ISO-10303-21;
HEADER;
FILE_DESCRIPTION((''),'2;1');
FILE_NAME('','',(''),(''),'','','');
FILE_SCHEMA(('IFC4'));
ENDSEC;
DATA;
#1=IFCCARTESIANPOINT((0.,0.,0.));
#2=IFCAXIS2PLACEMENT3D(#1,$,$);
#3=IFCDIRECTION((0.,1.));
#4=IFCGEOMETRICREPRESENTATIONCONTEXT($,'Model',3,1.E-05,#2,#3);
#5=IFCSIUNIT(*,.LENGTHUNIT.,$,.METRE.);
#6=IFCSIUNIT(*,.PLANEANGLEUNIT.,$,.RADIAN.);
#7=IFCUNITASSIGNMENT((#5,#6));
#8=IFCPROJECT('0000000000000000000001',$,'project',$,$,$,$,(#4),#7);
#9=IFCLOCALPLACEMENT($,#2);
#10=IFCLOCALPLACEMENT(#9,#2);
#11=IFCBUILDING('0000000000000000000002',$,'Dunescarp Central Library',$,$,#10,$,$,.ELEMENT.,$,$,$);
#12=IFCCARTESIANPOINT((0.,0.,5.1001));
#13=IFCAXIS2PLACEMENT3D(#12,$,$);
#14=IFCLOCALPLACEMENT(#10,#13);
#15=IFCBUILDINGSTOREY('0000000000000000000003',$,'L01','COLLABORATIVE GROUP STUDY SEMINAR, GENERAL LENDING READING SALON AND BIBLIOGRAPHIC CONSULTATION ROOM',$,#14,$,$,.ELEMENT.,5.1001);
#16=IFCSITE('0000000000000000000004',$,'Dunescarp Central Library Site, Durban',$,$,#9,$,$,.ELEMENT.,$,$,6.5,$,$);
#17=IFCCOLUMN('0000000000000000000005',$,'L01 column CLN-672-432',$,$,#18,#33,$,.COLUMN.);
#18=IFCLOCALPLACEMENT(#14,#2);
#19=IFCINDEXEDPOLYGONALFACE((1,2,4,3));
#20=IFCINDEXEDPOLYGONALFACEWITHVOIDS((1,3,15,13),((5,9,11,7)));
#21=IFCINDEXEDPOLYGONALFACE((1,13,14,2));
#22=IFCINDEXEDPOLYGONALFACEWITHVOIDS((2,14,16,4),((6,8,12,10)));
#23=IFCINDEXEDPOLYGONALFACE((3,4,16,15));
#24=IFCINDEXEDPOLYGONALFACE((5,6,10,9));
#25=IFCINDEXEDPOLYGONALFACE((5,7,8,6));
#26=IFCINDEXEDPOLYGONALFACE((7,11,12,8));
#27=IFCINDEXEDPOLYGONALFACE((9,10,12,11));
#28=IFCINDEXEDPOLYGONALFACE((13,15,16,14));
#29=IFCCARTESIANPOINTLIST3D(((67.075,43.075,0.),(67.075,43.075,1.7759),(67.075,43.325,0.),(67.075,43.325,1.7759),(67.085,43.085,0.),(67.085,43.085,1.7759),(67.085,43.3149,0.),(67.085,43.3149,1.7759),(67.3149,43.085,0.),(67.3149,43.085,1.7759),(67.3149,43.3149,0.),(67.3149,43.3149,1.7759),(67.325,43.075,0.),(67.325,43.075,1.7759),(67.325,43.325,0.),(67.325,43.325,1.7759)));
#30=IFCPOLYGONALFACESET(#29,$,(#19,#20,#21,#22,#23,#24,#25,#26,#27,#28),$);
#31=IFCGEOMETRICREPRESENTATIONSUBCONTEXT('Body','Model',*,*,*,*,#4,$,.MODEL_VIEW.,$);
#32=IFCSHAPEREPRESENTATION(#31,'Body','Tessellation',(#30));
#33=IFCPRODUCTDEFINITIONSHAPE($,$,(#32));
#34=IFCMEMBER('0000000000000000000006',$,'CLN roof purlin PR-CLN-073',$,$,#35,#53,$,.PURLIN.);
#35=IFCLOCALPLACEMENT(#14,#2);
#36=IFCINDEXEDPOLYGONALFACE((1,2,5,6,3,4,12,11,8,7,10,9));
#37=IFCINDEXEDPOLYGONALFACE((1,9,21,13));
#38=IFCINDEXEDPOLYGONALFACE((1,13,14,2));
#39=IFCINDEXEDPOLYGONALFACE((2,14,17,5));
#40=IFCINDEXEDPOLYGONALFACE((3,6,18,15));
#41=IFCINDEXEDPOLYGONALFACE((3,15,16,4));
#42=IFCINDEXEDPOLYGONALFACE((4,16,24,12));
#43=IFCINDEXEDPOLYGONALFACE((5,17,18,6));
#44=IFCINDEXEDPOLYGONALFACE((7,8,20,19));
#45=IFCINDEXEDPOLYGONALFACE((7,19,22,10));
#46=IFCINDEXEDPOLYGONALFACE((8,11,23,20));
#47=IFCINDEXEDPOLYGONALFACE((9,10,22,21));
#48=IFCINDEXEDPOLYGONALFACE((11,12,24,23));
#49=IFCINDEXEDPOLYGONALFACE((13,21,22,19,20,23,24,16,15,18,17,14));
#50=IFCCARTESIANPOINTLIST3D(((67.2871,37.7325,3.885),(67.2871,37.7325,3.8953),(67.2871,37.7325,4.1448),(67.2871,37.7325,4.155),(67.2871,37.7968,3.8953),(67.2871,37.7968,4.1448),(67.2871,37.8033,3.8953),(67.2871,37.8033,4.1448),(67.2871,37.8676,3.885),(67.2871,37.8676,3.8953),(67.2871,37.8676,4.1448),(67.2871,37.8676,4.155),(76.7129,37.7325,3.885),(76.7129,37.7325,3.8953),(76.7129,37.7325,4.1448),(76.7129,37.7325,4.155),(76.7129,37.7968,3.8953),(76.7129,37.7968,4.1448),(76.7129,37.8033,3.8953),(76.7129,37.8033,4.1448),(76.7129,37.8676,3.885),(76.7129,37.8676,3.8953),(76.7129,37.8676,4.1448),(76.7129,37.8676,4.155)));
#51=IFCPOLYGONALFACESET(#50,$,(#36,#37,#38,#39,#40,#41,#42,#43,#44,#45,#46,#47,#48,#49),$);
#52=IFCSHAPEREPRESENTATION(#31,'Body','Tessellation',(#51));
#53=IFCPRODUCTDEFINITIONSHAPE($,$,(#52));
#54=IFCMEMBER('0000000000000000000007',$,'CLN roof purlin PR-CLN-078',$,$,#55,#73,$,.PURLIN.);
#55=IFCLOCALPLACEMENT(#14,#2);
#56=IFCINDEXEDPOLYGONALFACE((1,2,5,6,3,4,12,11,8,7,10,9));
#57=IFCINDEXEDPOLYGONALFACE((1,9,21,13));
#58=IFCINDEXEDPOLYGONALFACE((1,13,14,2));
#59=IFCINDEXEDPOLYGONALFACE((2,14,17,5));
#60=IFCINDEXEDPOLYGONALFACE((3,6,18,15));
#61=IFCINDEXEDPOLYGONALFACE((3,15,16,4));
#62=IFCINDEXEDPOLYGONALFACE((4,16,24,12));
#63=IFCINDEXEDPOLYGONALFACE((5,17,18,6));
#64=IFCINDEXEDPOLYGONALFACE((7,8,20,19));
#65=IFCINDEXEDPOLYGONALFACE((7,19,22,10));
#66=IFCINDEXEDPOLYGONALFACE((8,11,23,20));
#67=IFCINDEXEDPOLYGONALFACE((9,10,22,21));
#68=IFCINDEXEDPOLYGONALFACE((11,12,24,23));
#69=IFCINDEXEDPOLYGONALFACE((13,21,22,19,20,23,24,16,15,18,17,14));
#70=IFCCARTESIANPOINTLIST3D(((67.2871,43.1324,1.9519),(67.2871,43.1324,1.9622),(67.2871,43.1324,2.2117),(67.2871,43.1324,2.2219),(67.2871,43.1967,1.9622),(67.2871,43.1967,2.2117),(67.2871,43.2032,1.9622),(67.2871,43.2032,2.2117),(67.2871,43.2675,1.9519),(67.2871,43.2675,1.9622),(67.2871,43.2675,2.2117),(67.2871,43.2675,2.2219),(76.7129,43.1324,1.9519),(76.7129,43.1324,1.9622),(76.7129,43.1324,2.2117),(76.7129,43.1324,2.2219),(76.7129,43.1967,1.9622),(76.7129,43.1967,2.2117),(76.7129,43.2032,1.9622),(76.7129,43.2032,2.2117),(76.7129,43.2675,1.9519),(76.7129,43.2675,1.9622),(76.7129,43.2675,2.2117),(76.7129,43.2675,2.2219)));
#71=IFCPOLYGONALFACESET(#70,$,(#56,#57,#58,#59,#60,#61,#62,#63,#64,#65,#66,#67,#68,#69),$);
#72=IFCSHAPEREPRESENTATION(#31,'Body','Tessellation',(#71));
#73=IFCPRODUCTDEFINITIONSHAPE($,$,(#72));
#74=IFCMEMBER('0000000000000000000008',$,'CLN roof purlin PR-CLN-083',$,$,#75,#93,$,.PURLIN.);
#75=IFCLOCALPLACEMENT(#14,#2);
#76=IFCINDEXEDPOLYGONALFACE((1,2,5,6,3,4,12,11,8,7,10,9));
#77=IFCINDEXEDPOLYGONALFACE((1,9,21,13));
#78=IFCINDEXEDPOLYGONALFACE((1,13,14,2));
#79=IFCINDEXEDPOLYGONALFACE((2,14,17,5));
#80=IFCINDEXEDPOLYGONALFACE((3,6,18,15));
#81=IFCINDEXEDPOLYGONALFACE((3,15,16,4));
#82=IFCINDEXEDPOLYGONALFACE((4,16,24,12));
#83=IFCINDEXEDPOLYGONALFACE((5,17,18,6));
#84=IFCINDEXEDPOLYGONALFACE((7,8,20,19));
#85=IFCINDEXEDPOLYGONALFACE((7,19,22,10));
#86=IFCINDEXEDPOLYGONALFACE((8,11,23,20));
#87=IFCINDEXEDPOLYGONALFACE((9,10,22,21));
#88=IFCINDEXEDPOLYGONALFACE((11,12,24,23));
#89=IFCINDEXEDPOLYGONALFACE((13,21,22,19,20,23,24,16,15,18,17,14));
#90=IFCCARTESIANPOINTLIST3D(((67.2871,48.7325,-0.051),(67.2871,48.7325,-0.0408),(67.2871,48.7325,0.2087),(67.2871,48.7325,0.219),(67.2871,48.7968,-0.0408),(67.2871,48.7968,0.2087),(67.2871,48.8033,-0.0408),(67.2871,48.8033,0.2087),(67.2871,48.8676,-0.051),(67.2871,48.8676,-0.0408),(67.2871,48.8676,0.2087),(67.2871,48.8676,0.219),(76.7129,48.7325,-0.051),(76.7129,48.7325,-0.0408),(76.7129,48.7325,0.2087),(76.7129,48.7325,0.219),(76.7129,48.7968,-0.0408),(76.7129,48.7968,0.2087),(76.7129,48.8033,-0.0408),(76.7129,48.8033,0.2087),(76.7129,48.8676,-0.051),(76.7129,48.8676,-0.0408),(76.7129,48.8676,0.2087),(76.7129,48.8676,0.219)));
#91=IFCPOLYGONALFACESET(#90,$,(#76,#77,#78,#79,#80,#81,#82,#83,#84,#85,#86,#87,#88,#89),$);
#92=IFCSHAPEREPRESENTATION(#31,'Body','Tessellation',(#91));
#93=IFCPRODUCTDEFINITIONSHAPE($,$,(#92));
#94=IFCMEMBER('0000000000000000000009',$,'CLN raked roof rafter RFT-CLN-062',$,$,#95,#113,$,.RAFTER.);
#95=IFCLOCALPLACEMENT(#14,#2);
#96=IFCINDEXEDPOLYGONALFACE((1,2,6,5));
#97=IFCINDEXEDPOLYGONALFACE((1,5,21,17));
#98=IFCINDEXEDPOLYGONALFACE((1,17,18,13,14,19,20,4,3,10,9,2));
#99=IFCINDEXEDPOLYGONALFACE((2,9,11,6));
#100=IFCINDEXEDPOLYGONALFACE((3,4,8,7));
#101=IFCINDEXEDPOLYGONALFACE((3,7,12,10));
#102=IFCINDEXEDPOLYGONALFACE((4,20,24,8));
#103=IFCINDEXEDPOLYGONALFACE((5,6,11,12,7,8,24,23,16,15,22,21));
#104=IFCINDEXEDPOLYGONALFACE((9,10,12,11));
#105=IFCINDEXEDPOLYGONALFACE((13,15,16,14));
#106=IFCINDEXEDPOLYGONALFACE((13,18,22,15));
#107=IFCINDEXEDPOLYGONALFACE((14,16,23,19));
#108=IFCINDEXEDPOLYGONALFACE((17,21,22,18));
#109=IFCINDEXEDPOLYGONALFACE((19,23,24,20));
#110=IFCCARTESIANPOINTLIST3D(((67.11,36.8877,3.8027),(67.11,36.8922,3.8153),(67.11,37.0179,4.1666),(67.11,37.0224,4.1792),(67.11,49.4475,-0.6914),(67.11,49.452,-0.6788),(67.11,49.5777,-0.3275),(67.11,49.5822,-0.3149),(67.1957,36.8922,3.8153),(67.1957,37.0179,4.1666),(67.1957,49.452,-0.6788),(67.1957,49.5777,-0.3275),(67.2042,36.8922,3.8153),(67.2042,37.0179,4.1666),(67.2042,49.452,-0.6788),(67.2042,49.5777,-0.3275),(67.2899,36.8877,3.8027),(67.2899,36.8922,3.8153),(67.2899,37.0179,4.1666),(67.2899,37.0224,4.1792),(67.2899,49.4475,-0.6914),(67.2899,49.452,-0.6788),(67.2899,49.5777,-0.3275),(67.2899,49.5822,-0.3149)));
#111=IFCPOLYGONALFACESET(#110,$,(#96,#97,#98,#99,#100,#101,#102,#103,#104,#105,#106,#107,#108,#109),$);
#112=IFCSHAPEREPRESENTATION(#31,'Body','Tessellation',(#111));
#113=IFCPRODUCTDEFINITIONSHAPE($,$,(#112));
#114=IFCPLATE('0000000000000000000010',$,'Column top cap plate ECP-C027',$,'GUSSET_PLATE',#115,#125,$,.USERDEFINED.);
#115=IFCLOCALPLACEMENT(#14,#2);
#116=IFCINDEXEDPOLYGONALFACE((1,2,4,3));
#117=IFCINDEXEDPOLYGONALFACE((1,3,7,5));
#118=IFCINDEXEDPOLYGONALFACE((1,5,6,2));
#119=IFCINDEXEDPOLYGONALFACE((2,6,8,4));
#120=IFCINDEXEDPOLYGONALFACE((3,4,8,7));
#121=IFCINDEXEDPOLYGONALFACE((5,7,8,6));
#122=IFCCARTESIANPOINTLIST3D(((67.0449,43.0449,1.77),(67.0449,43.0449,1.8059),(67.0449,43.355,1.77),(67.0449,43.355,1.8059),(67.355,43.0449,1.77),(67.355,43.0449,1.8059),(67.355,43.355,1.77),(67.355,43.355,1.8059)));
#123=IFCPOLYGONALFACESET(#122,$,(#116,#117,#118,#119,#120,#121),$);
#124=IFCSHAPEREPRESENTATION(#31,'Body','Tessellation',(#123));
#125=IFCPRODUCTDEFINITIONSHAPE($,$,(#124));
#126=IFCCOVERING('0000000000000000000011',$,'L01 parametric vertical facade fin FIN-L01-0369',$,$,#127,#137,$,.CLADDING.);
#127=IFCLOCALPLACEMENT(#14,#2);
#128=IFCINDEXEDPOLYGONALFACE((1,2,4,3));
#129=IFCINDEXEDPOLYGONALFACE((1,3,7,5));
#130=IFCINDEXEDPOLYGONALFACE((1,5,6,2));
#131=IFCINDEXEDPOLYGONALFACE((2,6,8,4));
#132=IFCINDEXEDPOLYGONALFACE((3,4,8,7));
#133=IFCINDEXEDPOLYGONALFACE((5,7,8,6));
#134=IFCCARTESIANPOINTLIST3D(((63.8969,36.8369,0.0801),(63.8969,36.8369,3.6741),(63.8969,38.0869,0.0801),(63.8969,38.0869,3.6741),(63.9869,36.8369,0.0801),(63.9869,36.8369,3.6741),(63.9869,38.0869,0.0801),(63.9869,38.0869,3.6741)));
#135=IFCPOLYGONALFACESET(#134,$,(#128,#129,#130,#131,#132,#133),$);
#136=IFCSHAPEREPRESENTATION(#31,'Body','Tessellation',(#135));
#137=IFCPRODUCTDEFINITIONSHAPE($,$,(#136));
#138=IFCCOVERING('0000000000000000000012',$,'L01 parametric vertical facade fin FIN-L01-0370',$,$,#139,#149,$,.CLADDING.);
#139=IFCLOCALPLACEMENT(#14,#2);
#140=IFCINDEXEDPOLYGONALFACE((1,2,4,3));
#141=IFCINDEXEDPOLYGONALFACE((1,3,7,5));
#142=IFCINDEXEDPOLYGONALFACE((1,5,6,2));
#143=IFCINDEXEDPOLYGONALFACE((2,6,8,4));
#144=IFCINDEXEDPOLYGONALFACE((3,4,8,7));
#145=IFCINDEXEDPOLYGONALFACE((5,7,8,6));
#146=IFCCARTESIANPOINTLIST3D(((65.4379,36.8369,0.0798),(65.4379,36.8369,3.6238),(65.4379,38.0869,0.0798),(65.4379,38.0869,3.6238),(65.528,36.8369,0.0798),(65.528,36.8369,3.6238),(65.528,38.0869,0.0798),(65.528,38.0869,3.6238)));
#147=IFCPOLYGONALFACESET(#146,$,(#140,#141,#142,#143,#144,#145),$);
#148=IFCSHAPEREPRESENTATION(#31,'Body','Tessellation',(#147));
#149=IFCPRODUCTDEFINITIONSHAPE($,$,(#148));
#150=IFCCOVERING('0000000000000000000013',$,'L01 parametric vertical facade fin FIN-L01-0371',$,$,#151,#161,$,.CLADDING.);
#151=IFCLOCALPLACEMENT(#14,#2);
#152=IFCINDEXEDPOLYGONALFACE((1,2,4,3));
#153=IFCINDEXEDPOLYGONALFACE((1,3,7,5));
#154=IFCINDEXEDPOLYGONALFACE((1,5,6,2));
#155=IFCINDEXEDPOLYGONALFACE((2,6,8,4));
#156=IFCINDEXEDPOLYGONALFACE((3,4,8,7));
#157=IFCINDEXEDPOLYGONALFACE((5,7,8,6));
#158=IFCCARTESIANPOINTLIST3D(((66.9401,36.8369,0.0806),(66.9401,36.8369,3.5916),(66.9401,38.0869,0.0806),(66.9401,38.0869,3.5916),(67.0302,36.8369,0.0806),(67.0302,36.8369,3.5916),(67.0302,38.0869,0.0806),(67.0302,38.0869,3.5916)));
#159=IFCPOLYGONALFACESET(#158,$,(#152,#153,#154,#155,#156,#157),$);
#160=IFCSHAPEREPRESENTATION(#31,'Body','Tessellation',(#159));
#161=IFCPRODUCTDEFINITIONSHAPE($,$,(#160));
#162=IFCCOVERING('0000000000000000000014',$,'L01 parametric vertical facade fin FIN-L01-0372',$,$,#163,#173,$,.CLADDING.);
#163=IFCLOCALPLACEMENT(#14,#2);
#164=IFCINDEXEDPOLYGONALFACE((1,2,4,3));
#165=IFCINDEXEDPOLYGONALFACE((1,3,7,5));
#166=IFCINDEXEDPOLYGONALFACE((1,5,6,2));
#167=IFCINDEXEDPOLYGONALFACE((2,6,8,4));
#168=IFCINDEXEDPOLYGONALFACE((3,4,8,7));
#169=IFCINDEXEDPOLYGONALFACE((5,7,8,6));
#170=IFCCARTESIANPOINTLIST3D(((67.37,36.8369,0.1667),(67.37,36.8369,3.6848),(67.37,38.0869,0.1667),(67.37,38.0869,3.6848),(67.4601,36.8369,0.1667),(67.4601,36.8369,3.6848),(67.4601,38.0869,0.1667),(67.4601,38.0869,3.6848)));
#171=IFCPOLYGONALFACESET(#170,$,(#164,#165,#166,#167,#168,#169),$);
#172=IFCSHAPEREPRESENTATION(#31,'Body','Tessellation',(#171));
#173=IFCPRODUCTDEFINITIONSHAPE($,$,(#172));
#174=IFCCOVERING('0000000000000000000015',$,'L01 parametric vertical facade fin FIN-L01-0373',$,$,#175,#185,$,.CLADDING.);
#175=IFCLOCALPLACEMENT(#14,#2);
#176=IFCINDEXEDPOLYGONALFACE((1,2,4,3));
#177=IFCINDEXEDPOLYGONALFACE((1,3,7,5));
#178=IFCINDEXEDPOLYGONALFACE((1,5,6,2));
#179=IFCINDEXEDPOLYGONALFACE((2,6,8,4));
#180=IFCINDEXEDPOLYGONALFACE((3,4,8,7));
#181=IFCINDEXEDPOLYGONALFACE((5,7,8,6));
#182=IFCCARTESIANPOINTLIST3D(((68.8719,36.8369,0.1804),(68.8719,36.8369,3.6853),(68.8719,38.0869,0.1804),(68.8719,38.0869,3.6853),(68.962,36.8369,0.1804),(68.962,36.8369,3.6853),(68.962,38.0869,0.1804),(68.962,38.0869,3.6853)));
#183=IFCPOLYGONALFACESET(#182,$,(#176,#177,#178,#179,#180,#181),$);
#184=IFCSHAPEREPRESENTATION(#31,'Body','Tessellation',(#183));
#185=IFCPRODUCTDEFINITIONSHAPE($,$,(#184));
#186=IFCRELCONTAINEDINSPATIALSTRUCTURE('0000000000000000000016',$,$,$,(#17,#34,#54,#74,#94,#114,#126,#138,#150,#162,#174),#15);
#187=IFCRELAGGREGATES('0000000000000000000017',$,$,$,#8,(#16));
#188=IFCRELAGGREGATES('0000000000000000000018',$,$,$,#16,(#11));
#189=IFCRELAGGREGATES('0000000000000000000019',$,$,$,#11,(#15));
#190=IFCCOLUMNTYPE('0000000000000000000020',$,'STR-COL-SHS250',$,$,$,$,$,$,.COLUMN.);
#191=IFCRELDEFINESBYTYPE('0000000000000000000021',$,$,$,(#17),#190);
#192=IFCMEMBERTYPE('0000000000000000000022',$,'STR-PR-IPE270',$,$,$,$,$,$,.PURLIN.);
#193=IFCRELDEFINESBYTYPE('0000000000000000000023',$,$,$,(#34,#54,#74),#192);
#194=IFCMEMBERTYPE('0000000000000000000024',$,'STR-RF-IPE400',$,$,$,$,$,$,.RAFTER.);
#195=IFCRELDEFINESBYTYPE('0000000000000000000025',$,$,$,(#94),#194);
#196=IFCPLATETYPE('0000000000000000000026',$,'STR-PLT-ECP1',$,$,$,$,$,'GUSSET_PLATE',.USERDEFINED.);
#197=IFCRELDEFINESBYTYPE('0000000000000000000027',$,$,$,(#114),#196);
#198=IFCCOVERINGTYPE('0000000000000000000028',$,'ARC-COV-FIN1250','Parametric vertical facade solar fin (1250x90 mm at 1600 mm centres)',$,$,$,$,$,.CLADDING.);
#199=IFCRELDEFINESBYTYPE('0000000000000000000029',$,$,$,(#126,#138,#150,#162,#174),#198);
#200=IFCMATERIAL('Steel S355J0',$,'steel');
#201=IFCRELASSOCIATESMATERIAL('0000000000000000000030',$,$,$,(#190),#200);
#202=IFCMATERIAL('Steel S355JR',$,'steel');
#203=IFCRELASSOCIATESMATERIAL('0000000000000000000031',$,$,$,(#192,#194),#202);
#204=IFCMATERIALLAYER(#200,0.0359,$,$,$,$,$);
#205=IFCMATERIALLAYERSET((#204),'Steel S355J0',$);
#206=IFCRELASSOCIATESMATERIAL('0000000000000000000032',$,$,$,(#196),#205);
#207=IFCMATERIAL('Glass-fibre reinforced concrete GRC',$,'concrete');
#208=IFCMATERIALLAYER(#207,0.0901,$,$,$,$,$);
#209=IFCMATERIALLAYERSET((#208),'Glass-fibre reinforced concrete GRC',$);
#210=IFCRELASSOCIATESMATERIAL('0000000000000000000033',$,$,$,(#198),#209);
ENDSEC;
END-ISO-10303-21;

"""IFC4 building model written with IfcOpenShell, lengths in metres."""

from ifc_helpers import new_model, si_unit, direction, frame, origin, origin_2d, place, context, subcontext, project, spatial, rectangle, hollow_rectangle, i_section, extrude, material, layer, layer_set, material_profile, profile_set, type_object, element, save


model = new_model("IFC4")

# Units and contexts
model_context = context("Model", 3, precision=1e-05, world=origin(), true_north=direction((0.0, 1.0)))
body_context = subcontext(model_context, "Body", "Model", "MODEL_VIEW")
ifc_project = project(units=[si_unit("LENGTHUNIT", "METRE"), si_unit("PLANEANGLEUNIT", "RADIAN")], contexts=[model_context])

# Site, building, storey
site_placement = place(None, origin())
site = spatial("IfcSite", under=ifc_project, at=site_placement, Name="Dunescarp Central Library Site, Durban", CompositionType="ELEMENT", RefElevation=6.5)
building_placement = place(site_placement, origin())
building = spatial("IfcBuilding", under=site, at=building_placement, Name="Dunescarp Central Library", CompositionType="ELEMENT")
storey_placement = place(building_placement, frame((0.0, 0.0, 5.1001)))
storey = spatial("IfcBuildingStorey", under=building, at=storey_placement, Name="L01", Description="COLLABORATIVE GROUP STUDY SEMINAR, GENERAL LENDING READING SALON AND BIBLIOGRAPHIC CONSULTATION ROOM", CompositionType="ELEMENT", Elevation=5.1001)

# Column
ifc_material_1 = material(Name="Steel S355J0", Category="steel")
ifc_material_profile_1 = material_profile(ifc_material_1, hollow_rectangle(XDim=0.25, YDim=0.25, WallThickness=0.01, at=origin_2d()), Name="SHS 250x250x10")
ifc_profile_set_1 = profile_set([ifc_material_profile_1], Name="Steel S355J0")
column_type = type_object("IfcColumnType", Name="STR-COL-SHS250", PredefinedType="COLUMN", material=ifc_profile_set_1)
column_placement = place(storey_placement, frame((67.2, 43.2, 0.0), z_axis=(0.0, 0.0, 1.0), x_axis=(1.0, 0.0, 0.0)))
element("IfcColumn", 1, at=column_placement, inside=storey, type_object=column_type, Name="L01 column CLN-672-432", PredefinedType="COLUMN", context=body_context, shape_type="SweptSolid", body=[
    extrude(hollow_rectangle(XDim=0.25, YDim=0.25, WallThickness=0.01, at=origin_2d()), origin(), (0.0, 0.0, 1.0), 1.7759),
])

# Members
ifc_material_2 = material(Name="Steel S355JR", Category="steel")
ifc_material_profile_2 = material_profile(ifc_material_2, i_section(OverallWidth=0.135, OverallDepth=0.27, WebThickness=0.0066, FlangeThickness=0.0103, at=origin_2d()), Name="IPE 270")
ifc_profile_set_2 = profile_set([ifc_material_profile_2], Name="Steel S355JR")
member_type_1 = type_object("IfcMemberType", Name="STR-PR-IPE270", PredefinedType="PURLIN", material=ifc_profile_set_2)
for number, where, z_axis, x_axis, name in (
    (2, (67.2871, 37.8, 4.02), (1.0, 0.0, 0.0), (0.0, 1.0, 0.0), "CLN roof purlin PR-CLN-073"),
    (3, (67.2871, 43.2, 2.0869), (1.0, 0.0, 0.0), (0.0, 1.0, 0.0), "CLN roof purlin PR-CLN-078"),
    (4, (67.2871, 48.8, 0.084), (1.0, 0.0, 0.0), (0.0, 1.0, 0.0), "CLN roof purlin PR-CLN-083"),
):
    element("IfcMember", number, at=place(storey_placement, frame(where, z_axis=z_axis, x_axis=x_axis)), inside=storey, type_object=member_type_1, Name=name, PredefinedType="PURLIN", context=body_context, shape_type="SweptSolid", body=[
        extrude(i_section(OverallWidth=0.135, OverallDepth=0.27, WebThickness=0.0066, FlangeThickness=0.0103, at=origin_2d()), origin(), (0.0, 0.0, 1.0), 9.4258),
    ])
ifc_material_profile_3 = material_profile(ifc_material_2, i_section(OverallWidth=0.1799, OverallDepth=0.3999, WebThickness=0.0085, FlangeThickness=0.0134, at=origin_2d()), Name="IPE 400")
ifc_profile_set_3 = profile_set([ifc_material_profile_3], Name="Steel S355JR")
member_type_2 = type_object("IfcMemberType", Name="STR-RF-IPE400", PredefinedType="RAFTER", material=ifc_profile_set_3)
member_placement = place(storey_placement, frame((67.2, 36.9551, 3.991), z_axis=(0.0, 0.94154, -0.336901), x_axis=(-1.0, 0.0, 0.0)))
element("IfcMember", 5, at=member_placement, inside=storey, type_object=member_type_2, Name="CLN raked roof rafter RFT-CLN-062", PredefinedType="RAFTER", context=body_context, shape_type="SweptSolid", body=[
    extrude(i_section(OverallWidth=0.1799, OverallDepth=0.3999, WebThickness=0.0085, FlangeThickness=0.0134, at=origin_2d()), origin(), (0.0, 0.0, 1.0), 13.3396),
])

# Plate
ifc_layer_1 = layer(ifc_material_1, 0.0359)
ifc_layer_set_1 = layer_set([ifc_layer_1], Name="Steel S355J0")
plate_type = type_object("IfcPlateType", Name="STR-PLT-ECP1", ElementType="GUSSET_PLATE", PredefinedType="USERDEFINED", material=ifc_layer_set_1)
plate_placement = place(storey_placement, frame((67.2, 43.2, 1.77), z_axis=(0.0, 0.0, 1.0), x_axis=(1.0, 0.0, 0.0)))
element("IfcPlate", 6, at=plate_placement, inside=storey, type_object=plate_type, Name="Column top cap plate ECP-C027", ObjectType="GUSSET_PLATE", PredefinedType="USERDEFINED", context=body_context, shape_type="SweptSolid", body=[
    extrude(rectangle(XDim=0.3101, YDim=0.3101, at=origin_2d()), origin(), (0.0, 0.0, 1.0), 0.0359),
])

# Coverings
ifc_material_3 = material(Name="Glass-fibre reinforced concrete GRC", Category="concrete")
ifc_layer_2 = layer(ifc_material_3, 0.0901)
ifc_layer_set_2 = layer_set([ifc_layer_2], Name="Glass-fibre reinforced concrete GRC")
covering_type = type_object("IfcCoveringType", Name="ARC-COV-FIN1250", Description="Parametric vertical facade solar fin (1250x90 mm at 1600 mm centres)", PredefinedType="CLADDING", material=ifc_layer_set_2)
covering_1_placement = place(storey_placement, frame((63.9419, 37.4619, 0.0801), z_axis=(0.0, 0.0, 1.0), x_axis=(0.0, 1.0, 0.0)))
element("IfcCovering", 7, at=covering_1_placement, inside=storey, type_object=covering_type, Name="L01 parametric vertical facade fin FIN-L01-0369", PredefinedType="CLADDING", context=body_context, shape_type="SweptSolid", body=[
    extrude(rectangle(XDim=1.25, YDim=0.0901, at=origin_2d()), origin(), (0.0, 0.0, 1.0), 3.594),
])
covering_2_placement = place(storey_placement, frame((65.4829, 37.4619, 0.0798), z_axis=(0.0, 0.0, 1.0), x_axis=(0.0, 1.0, 0.0)))
element("IfcCovering", 8, at=covering_2_placement, inside=storey, type_object=covering_type, Name="L01 parametric vertical facade fin FIN-L01-0370", PredefinedType="CLADDING", context=body_context, shape_type="SweptSolid", body=[
    extrude(rectangle(XDim=1.25, YDim=0.0901, at=origin_2d()), origin(), (0.0, 0.0, 1.0), 3.5439),
])
covering_3_placement = place(storey_placement, frame((66.9851, 37.4619, 0.0806), z_axis=(0.0, 0.0, 1.0), x_axis=(0.0, 1.0, 0.0)))
element("IfcCovering", 9, at=covering_3_placement, inside=storey, type_object=covering_type, Name="L01 parametric vertical facade fin FIN-L01-0371", PredefinedType="CLADDING", context=body_context, shape_type="SweptSolid", body=[
    extrude(rectangle(XDim=1.25, YDim=0.0901, at=origin_2d()), origin(), (0.0, 0.0, 1.0), 3.511),
])
covering_4_placement = place(storey_placement, frame((67.415, 37.4619, 0.1667), z_axis=(0.0, 0.0, 1.0), x_axis=(0.0, 1.0, 0.0)))
element("IfcCovering", 10, at=covering_4_placement, inside=storey, type_object=covering_type, Name="L01 parametric vertical facade fin FIN-L01-0372", PredefinedType="CLADDING", context=body_context, shape_type="SweptSolid", body=[
    extrude(rectangle(XDim=1.25, YDim=0.0901, at=origin_2d()), origin(), (0.0, 0.0, 1.0), 3.5181),
])
covering_5_placement = place(storey_placement, frame((68.917, 37.4619, 0.1804), z_axis=(0.0, 0.0, 1.0), x_axis=(0.0, 1.0, 0.0)))
element("IfcCovering", 11, at=covering_5_placement, inside=storey, type_object=covering_type, Name="L01 parametric vertical facade fin FIN-L01-0373", PredefinedType="CLADDING", context=body_context, shape_type="SweptSolid", body=[
    extrude(rectangle(XDim=1.25, YDim=0.0901, at=origin_2d()), origin(), (0.0, 0.0, 1.0), 3.5049),
])

save(model, "model.ifc")
